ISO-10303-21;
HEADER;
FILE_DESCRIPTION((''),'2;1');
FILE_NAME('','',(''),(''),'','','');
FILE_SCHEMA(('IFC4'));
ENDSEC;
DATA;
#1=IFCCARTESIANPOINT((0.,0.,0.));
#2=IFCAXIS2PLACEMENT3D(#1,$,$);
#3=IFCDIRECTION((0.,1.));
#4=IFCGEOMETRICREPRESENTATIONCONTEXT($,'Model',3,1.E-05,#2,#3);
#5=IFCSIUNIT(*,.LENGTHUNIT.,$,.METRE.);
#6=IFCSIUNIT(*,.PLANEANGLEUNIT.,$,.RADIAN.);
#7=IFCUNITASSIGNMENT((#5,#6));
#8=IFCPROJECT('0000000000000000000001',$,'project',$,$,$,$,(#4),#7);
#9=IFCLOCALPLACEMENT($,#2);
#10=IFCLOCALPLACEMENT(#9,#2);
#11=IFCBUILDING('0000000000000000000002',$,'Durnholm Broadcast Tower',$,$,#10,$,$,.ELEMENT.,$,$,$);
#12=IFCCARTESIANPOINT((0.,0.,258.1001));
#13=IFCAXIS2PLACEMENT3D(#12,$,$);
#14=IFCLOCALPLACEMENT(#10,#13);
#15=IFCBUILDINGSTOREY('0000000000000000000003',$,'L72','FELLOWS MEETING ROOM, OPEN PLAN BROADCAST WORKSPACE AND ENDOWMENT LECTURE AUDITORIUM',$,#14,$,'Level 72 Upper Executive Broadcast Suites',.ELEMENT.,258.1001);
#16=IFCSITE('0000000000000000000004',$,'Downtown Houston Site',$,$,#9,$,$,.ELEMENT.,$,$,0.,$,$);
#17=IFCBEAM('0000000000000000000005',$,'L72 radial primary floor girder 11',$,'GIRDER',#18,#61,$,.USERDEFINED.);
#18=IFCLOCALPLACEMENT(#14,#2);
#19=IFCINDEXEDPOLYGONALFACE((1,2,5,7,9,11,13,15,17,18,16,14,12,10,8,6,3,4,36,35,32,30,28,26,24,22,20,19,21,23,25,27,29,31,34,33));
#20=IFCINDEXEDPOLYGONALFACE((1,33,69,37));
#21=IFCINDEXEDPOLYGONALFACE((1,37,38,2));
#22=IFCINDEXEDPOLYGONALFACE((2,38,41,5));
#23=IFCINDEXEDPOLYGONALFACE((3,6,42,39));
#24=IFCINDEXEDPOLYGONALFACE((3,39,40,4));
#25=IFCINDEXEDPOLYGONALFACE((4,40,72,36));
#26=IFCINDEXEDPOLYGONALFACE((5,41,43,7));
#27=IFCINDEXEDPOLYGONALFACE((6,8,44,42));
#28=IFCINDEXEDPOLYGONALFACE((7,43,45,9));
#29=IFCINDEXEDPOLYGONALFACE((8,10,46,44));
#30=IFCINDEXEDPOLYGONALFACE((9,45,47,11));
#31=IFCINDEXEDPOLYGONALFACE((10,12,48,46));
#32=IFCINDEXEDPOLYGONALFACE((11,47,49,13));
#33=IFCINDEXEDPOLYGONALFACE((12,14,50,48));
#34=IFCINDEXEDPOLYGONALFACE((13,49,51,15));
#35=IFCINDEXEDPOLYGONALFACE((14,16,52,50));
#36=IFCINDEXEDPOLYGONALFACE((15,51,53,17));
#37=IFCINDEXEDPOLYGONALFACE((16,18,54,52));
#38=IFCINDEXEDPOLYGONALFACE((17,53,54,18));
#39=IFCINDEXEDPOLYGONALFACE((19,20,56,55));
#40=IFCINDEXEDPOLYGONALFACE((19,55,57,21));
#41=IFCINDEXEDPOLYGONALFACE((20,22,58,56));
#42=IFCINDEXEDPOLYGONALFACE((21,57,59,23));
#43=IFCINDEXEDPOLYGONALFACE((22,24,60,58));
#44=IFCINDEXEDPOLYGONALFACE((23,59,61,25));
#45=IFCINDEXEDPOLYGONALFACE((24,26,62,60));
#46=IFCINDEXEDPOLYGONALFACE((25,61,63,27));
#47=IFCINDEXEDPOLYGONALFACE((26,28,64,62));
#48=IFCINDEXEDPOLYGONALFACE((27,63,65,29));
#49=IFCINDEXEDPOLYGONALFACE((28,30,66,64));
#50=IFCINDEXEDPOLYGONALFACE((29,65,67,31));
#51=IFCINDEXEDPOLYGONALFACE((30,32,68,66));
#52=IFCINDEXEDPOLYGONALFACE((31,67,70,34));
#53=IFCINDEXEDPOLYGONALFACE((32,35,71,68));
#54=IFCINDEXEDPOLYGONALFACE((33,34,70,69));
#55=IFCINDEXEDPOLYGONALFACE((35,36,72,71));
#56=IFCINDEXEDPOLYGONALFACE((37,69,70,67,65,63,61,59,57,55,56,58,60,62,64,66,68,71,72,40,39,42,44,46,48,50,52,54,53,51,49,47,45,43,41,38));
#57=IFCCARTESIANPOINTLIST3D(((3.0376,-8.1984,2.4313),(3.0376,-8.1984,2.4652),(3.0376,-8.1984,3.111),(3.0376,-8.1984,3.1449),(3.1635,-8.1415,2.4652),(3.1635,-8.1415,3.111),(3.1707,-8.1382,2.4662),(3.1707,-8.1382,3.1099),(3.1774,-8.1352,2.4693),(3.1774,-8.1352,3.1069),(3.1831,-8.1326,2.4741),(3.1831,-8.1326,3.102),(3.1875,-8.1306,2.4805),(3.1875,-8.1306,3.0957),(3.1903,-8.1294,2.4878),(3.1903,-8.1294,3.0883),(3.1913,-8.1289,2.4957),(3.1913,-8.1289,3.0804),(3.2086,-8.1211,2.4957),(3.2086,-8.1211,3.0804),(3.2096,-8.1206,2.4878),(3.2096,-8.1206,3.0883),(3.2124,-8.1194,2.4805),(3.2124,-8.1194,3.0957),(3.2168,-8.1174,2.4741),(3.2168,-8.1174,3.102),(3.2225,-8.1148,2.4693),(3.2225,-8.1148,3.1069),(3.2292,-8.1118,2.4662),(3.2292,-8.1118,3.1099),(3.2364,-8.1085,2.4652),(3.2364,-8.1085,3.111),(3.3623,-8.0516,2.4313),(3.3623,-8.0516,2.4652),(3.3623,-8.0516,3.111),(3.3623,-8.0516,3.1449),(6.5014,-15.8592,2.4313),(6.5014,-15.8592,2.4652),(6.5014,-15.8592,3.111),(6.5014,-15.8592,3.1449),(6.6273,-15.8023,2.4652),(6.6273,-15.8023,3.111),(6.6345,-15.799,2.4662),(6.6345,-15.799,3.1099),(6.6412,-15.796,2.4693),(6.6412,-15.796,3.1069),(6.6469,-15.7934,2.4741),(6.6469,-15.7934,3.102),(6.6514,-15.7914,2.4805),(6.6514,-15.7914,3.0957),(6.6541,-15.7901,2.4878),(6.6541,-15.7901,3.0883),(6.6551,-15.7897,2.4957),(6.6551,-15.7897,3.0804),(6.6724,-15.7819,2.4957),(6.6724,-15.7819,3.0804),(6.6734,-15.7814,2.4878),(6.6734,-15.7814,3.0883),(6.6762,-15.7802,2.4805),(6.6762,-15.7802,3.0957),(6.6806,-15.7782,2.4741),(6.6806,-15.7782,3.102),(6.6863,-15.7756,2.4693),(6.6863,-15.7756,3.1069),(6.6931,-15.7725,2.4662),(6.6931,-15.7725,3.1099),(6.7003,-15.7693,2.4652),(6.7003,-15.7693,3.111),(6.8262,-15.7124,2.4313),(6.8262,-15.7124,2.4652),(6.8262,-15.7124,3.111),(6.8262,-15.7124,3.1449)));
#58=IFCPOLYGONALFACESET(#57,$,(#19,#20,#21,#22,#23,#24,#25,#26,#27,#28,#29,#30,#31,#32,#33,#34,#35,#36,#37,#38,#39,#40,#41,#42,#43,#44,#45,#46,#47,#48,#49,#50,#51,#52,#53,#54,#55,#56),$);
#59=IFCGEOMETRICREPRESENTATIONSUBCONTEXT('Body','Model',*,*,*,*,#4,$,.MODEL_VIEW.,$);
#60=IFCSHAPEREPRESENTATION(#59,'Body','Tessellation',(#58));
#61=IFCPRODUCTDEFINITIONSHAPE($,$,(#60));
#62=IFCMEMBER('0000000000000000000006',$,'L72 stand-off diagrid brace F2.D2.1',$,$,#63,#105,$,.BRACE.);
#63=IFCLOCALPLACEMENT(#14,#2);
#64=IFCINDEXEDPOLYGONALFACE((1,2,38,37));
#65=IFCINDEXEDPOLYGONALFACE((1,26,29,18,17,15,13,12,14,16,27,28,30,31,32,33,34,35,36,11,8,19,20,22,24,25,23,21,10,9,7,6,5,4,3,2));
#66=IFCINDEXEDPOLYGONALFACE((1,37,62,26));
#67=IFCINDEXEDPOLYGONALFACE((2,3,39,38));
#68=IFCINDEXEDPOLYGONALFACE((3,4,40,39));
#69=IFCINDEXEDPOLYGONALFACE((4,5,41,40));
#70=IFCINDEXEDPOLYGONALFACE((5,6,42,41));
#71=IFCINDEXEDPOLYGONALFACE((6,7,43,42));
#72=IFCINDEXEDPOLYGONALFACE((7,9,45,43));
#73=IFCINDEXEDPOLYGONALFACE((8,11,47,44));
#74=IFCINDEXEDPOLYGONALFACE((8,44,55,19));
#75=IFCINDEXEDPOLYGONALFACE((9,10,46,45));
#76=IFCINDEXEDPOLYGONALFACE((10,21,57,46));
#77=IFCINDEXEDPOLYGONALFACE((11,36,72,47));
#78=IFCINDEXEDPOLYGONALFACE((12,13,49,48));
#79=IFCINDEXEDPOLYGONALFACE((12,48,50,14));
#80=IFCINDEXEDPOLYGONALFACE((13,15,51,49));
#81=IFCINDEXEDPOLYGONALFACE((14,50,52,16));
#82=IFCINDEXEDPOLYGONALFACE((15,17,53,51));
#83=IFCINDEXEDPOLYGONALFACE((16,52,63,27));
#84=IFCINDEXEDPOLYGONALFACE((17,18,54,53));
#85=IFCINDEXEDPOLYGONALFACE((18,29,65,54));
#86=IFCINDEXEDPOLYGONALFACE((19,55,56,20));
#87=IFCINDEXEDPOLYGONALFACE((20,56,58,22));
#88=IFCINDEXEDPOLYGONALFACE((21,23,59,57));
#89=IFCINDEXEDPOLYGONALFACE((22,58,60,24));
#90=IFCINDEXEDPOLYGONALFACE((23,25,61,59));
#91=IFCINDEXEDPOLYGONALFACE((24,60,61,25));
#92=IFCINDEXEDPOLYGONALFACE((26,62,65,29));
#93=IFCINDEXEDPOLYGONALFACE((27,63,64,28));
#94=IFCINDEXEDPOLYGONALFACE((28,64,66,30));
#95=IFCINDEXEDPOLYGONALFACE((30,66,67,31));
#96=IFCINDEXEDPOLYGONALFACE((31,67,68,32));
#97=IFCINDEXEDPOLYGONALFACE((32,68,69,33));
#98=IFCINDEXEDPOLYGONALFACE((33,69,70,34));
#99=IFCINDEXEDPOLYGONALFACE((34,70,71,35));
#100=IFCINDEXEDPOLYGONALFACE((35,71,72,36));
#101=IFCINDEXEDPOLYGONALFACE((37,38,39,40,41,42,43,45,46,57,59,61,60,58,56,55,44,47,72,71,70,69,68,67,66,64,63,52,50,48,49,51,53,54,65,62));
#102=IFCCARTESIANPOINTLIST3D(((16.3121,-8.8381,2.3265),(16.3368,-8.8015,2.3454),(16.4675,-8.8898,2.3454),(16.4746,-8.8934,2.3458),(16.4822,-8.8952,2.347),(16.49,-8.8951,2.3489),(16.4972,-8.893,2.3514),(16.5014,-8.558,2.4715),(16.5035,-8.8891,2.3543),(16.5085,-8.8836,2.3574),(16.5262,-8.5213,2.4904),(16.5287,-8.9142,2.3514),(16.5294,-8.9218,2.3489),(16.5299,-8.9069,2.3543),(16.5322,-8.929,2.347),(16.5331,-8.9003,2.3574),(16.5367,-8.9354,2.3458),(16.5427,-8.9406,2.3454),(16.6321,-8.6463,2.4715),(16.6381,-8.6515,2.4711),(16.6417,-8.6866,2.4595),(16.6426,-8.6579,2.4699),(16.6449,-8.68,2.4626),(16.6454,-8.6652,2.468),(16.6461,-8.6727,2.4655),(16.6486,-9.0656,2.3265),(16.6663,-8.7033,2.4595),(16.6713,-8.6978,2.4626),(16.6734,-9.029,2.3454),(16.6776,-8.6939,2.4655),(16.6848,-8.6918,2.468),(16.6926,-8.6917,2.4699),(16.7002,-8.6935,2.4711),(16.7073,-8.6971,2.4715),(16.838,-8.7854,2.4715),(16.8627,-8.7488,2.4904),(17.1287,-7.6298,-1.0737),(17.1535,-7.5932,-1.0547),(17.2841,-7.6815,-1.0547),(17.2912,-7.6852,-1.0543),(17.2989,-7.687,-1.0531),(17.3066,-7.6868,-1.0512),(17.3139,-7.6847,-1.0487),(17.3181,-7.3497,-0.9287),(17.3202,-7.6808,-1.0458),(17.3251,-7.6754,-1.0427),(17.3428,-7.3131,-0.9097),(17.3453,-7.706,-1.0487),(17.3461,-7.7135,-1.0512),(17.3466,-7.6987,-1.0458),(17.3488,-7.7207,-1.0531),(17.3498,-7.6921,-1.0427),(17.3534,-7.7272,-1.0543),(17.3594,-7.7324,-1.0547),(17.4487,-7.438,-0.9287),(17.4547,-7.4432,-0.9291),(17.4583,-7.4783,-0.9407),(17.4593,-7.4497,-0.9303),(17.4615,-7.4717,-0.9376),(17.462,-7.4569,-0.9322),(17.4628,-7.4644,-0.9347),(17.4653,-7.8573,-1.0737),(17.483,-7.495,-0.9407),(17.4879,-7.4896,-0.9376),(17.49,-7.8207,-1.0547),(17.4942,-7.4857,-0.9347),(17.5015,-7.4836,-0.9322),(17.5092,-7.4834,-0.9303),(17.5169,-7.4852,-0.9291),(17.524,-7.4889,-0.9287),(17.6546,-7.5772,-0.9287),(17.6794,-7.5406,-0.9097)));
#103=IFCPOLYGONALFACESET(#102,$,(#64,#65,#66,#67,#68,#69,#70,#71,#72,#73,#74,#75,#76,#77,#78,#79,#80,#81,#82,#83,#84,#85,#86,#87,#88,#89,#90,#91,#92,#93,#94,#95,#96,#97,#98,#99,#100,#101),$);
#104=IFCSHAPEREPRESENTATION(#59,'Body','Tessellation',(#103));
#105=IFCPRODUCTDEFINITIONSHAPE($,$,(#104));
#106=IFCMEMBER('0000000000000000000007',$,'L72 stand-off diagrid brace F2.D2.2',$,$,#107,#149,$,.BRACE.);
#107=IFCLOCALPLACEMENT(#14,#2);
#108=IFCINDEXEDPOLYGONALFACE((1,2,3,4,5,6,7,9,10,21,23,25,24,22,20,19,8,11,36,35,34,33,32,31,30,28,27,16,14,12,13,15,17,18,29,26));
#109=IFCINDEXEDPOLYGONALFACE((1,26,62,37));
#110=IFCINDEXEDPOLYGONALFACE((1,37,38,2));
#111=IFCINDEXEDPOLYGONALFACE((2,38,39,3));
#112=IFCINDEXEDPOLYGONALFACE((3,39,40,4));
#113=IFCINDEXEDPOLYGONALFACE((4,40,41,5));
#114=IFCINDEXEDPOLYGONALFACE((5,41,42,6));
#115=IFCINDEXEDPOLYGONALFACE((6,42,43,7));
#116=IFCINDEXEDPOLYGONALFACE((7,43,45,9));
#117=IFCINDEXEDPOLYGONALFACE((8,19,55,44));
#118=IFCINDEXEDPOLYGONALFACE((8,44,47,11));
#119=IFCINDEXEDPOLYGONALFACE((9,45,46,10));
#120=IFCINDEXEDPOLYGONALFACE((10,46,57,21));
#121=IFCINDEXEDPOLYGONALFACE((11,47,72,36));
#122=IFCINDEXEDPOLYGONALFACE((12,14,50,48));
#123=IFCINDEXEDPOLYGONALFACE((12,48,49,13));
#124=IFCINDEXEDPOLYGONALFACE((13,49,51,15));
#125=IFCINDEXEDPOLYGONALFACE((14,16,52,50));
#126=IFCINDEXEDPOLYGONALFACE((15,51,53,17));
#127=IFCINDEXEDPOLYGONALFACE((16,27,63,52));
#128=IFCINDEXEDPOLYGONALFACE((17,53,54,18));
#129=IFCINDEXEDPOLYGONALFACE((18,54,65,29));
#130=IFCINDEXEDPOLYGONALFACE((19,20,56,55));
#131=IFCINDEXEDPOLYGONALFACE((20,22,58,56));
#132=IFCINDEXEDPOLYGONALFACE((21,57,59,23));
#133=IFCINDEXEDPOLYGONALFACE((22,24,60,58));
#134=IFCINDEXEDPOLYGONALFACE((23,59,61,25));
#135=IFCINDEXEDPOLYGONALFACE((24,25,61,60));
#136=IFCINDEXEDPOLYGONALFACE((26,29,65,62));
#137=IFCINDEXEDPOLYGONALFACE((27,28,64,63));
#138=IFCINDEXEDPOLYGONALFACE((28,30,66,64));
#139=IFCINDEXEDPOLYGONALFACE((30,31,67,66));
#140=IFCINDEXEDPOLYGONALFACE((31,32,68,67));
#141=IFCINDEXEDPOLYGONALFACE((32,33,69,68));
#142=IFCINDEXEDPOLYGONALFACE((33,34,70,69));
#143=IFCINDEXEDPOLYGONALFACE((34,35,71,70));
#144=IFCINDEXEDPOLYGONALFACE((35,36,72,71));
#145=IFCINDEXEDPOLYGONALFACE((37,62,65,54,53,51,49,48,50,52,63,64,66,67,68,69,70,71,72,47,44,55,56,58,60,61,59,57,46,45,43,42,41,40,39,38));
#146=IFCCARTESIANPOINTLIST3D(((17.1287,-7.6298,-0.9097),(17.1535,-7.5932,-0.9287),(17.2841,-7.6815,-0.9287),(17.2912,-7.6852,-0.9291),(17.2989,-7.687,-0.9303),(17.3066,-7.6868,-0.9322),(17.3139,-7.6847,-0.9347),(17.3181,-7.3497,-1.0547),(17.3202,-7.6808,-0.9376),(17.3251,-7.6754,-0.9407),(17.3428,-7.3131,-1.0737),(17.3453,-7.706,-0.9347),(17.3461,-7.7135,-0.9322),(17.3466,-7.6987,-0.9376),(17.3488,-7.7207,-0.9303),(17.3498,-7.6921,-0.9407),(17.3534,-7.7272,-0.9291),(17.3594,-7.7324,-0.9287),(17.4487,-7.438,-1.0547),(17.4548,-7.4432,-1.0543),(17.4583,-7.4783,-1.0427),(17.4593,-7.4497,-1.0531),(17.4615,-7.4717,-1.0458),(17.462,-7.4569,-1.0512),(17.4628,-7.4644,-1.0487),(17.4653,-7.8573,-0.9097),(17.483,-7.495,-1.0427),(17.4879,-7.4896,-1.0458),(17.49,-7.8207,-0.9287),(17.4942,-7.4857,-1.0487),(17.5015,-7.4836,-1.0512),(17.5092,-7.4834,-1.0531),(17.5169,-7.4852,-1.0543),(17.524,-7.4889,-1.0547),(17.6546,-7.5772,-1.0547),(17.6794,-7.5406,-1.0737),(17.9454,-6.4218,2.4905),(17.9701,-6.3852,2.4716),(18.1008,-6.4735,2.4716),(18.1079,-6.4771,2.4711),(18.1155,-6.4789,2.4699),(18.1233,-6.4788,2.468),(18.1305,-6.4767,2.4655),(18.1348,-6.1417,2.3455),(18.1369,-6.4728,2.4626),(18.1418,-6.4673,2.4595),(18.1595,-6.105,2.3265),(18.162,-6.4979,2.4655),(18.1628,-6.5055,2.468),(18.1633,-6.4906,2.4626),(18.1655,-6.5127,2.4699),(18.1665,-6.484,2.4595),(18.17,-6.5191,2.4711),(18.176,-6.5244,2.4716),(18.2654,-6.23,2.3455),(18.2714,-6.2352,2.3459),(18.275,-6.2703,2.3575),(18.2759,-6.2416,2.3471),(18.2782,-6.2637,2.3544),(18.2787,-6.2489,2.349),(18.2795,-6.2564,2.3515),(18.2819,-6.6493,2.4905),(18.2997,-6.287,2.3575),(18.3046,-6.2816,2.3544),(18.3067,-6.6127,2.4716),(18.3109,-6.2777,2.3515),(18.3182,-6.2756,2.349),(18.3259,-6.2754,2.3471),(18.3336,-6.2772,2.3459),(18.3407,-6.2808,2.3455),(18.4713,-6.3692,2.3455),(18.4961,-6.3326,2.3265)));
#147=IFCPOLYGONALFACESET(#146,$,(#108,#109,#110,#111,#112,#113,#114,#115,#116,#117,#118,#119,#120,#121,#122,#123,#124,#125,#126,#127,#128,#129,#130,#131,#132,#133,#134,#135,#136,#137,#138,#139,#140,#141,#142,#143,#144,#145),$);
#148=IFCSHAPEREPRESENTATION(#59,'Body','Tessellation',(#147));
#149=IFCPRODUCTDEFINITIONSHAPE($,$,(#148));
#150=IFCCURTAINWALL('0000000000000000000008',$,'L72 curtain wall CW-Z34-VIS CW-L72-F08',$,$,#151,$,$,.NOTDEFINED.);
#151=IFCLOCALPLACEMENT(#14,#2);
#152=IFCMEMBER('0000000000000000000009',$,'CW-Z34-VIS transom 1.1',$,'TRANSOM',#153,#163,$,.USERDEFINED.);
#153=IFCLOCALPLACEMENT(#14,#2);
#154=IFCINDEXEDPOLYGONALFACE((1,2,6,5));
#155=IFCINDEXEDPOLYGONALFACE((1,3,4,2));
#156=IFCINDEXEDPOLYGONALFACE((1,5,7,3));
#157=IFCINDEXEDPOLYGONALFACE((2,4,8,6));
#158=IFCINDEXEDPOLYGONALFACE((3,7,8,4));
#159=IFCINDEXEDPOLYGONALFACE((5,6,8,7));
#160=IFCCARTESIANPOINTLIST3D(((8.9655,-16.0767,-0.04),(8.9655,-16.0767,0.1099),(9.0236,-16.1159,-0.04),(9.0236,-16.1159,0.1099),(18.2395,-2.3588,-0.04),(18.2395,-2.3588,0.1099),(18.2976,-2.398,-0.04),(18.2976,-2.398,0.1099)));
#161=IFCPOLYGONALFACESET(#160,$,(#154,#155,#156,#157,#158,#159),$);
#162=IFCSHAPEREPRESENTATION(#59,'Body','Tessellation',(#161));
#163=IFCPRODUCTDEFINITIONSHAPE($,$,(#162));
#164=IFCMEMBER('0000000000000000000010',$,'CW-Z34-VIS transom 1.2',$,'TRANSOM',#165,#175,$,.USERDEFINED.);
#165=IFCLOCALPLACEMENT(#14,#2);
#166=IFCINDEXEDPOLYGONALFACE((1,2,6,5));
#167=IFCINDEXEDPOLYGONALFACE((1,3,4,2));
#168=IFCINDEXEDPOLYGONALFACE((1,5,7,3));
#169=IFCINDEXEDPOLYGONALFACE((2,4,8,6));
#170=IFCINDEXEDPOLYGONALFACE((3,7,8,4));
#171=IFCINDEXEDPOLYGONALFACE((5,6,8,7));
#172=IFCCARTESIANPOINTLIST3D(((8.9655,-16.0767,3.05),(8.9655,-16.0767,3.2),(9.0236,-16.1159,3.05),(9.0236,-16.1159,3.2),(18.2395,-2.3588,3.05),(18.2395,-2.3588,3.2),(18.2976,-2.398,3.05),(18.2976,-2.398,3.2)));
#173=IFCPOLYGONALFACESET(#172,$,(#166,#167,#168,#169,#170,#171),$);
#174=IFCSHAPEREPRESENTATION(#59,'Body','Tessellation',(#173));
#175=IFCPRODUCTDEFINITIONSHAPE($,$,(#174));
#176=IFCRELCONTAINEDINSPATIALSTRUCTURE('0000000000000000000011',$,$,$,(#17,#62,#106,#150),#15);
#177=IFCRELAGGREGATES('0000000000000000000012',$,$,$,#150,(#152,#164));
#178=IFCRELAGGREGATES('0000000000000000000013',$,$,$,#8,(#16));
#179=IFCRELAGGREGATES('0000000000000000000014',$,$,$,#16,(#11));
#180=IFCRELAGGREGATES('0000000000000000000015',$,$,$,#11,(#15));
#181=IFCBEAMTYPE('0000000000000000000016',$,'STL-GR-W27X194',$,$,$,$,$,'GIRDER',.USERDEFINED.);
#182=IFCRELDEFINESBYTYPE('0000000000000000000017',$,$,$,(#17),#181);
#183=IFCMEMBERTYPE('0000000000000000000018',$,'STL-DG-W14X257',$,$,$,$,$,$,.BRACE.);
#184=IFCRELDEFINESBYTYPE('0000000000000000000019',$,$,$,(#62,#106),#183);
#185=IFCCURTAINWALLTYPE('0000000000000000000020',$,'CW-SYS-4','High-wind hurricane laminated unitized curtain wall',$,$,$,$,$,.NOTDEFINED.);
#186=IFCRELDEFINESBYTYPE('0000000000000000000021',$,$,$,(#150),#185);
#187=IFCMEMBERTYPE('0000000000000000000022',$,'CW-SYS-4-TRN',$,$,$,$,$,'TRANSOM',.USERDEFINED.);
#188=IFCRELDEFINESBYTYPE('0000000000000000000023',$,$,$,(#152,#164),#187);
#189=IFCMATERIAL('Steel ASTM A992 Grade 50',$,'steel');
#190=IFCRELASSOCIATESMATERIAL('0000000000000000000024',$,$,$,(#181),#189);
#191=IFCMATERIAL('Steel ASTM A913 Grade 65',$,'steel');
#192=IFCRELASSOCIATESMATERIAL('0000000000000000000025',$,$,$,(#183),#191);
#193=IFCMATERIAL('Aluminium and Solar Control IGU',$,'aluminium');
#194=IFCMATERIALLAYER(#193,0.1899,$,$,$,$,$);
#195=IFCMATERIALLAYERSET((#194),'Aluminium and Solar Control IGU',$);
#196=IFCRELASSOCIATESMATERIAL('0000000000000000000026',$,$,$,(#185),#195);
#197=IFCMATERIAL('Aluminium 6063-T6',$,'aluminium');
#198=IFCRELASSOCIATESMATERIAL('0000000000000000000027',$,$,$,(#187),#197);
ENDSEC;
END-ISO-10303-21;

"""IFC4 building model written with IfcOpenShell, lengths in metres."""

from ifc_helpers import new_model, si_unit, direction, frame, origin, origin_2d, place, context, subcontext, project, spatial, rectangle, i_section, extrude, source, transform, mapped, material, layer, layer_set, material_profile, profile_set, type_object, type_shapes, element, aggregate, save


model = new_model("IFC4")

# Units and contexts
model_context = context("Model", 3, precision=1e-05, world=origin(), true_north=direction((0.0, 1.0)))
body_context = subcontext(model_context, "Body", "Model", "MODEL_VIEW")
ifc_project = project(units=[si_unit("LENGTHUNIT", "METRE"), si_unit("PLANEANGLEUNIT", "RADIAN")], contexts=[model_context])

# Site, building, storey
site_placement = place(None, origin())
site = spatial("IfcSite", under=ifc_project, at=site_placement, Name="Downtown Houston Site", CompositionType="ELEMENT", RefElevation=0.0)
building_placement = place(site_placement, origin())
building = spatial("IfcBuilding", under=site, at=building_placement, Name="Durnholm Broadcast Tower", CompositionType="ELEMENT")
storey_placement = place(building_placement, frame((0.0, 0.0, 258.1001)))
storey = spatial("IfcBuildingStorey", under=building, at=storey_placement, Name="L72", Description="FELLOWS MEETING ROOM, OPEN PLAN BROADCAST WORKSPACE AND ENDOWMENT LECTURE AUDITORIUM", LongName="Level 72 Upper Executive Broadcast Suites", CompositionType="ELEMENT", Elevation=258.1001)

# Beam
ifc_material_1 = material(Name="Steel ASTM A992 Grade 50", Category="steel")
ifc_material_profile_1 = material_profile(ifc_material_1, i_section(OverallWidth=0.3564, OverallDepth=0.7136, WebThickness=0.019, FlangeThickness=0.0339, FilletRadius=0.0305, at=origin_2d()), Name="W27X194")
ifc_profile_set_1 = profile_set([ifc_material_profile_1], Name="Steel ASTM A992 Grade 50")
beam_type_1 = type_object("IfcBeamType", Name="STL-GR-W27X194", ElementType="GIRDER", PredefinedType="USERDEFINED", material=ifc_profile_set_1)
shared_shape_1 = source(origin(), body_context, "Body", "SweptSolid", [
    extrude(i_section(OverallWidth=0.3564, OverallDepth=0.7136, WebThickness=0.019, FlangeThickness=0.0339, FilletRadius=0.0305, at=origin_2d()), origin(), (0.0, 0.0, 1.0), 8.4075),
])
beam_1_placement = place(storey_placement, frame((3.2, -8.125, 2.7881), z_axis=(0.411993, -0.911187, 0.0), x_axis=(0.911187, 0.411993, 0.0)))
element("IfcBeam", 1, at=beam_1_placement, inside=storey, type_object=beam_type_1, Name="L72 radial primary floor girder 11", ObjectType="GIRDER", PredefinedType="USERDEFINED", context=body_context, shape_type="MappedRepresentation", body=[
    mapped(shared_shape_1, transform((0.0, 0.0, 0.0), x_axis=(1.0, 0.0, 0.0), y_axis=(0.0, 1.0, 0.0), z_axis=(0.0, 0.0, 1.0), scale=1.0)),
])

# Members
ifc_material_2 = material(Name="Steel ASTM A913 Grade 65", Category="steel")
ifc_material_profile_2 = material_profile(ifc_material_2, i_section(OverallWidth=0.4062, OverallDepth=0.416, WebThickness=0.0298, FlangeThickness=0.0481, FilletRadius=0.0305, at=origin_2d()), Name="W14X257")
ifc_profile_set_2 = profile_set([ifc_material_profile_2], Name="Steel ASTM A913 Grade 65")
member_type_1 = type_object("IfcMemberType", Name="STL-DG-W14X257", PredefinedType="BRACE", material=ifc_profile_set_2)
shared_shape_2 = source(origin(), body_context, "Body", "SweptSolid", [
    extrude(i_section(OverallWidth=0.4062, OverallDepth=0.416, WebThickness=0.0298, FlangeThickness=0.0481, FilletRadius=0.0305, at=origin_2d()), origin(), (0.0, 0.0, 1.0), 3.6997),
])
type_shapes(member_type_1, [shared_shape_2])
for number, where, z_axis, x_axis, name in (
    (2, (17.4041, -7.5852, -0.9917), (-0.220734, -0.326581, 0.919033), (0.828505, -0.559982, 0.0), "L72 stand-off diagrid brace F2.D2.1"),
    (3, (17.4041, -7.5852, -0.9917), (0.220739, 0.326522, 0.919053), (-0.828452, 0.560059, 0.0), "L72 stand-off diagrid brace F2.D2.2"),
):
    element("IfcMember", number, at=place(storey_placement, frame(where, z_axis=z_axis, x_axis=x_axis)), inside=storey, type_object=member_type_1, Name=name, PredefinedType="BRACE", context=body_context, shape_type="MappedRepresentation", body=[
        mapped(shared_shape_2, transform((0.0, 0.0, 0.0), x_axis=(1.0, 0.0, 0.0), y_axis=(0.0, 1.0, 0.0), z_axis=(0.0, 0.0, 1.0), scale=1.0)),
    ])

# Curtain wall, members
ifc_material_3 = material(Name="Aluminium and Solar Control IGU", Category="aluminium")
ifc_layer_1 = layer(ifc_material_3, 0.1899)
ifc_layer_set_1 = layer_set([ifc_layer_1], Name="Aluminium and Solar Control IGU")
curtain_wall_type_1 = type_object("IfcCurtainWallType", Name="CW-SYS-4", Description="High-wind hurricane laminated unitized curtain wall", PredefinedType="NOTDEFINED", material=ifc_layer_set_1)
curtain_wall_1_placement = place(storey_placement, origin())
curtain_wall_1 = element("IfcCurtainWall", 4, at=curtain_wall_1_placement, inside=storey, type_object=curtain_wall_type_1, Name="L72 curtain wall CW-Z34-VIS CW-L72-F08", PredefinedType="NOTDEFINED")
ifc_material_4 = material(Name="Aluminium 6063-T6", Category="aluminium")
ifc_material_profile_3 = material_profile(ifc_material_4, rectangle(XDim=0.0701, YDim=0.1499, at=origin_2d()), Name="CWT70X150")
ifc_profile_set_3 = profile_set([ifc_material_profile_3], Name="Aluminium 6063-T6")
member_type_2 = type_object("IfcMemberType", Name="CW-SYS-4-TRN", ElementType="TRANSOM", PredefinedType="USERDEFINED", material=ifc_profile_set_3)
shared_shape_3 = source(origin(), body_context, "Body", "SweptSolid", [
    extrude(rectangle(XDim=0.0701, YDim=0.1499, at=origin_2d()), origin(), (0.0, 0.0, 1.0), 16.5586),
])
type_shapes(member_type_2, [shared_shape_3])
member_1_placement = place(storey_placement, frame((18.2686, -2.3784, 0.0349), z_axis=(-0.560071, -0.828444, 0.0), x_axis=(0.828444, -0.560071, 0.0)))
member_1 = element("IfcMember", 5, at=member_1_placement, type_object=member_type_2, Name="CW-Z34-VIS transom 1.1", ObjectType="TRANSOM", PredefinedType="USERDEFINED", context=body_context, shape_type="MappedRepresentation", body=[
    mapped(shared_shape_3, transform((0.0, 0.0, 0.0), x_axis=(1.0, 0.0, 0.0), y_axis=(0.0, 1.0, 0.0), z_axis=(0.0, 0.0, 1.0), scale=1.0)),
])
member_2_placement = place(storey_placement, frame((18.2686, -2.3784, 3.125), z_axis=(-0.560071, -0.828444, 0.0), x_axis=(0.828444, -0.560071, 0.0)))
member_2 = element("IfcMember", 6, at=member_2_placement, type_object=member_type_2, Name="CW-Z34-VIS transom 1.2", ObjectType="TRANSOM", PredefinedType="USERDEFINED", context=body_context, shape_type="MappedRepresentation", body=[
    mapped(shared_shape_3, transform((0.0, 0.0, 0.0), x_axis=(1.0, 0.0, 0.0), y_axis=(0.0, 1.0, 0.0), z_axis=(0.0, 0.0, 1.0), scale=1.0)),
])

aggregate(curtain_wall_1, [member_1, member_2])

save(model, "model.ifc")
